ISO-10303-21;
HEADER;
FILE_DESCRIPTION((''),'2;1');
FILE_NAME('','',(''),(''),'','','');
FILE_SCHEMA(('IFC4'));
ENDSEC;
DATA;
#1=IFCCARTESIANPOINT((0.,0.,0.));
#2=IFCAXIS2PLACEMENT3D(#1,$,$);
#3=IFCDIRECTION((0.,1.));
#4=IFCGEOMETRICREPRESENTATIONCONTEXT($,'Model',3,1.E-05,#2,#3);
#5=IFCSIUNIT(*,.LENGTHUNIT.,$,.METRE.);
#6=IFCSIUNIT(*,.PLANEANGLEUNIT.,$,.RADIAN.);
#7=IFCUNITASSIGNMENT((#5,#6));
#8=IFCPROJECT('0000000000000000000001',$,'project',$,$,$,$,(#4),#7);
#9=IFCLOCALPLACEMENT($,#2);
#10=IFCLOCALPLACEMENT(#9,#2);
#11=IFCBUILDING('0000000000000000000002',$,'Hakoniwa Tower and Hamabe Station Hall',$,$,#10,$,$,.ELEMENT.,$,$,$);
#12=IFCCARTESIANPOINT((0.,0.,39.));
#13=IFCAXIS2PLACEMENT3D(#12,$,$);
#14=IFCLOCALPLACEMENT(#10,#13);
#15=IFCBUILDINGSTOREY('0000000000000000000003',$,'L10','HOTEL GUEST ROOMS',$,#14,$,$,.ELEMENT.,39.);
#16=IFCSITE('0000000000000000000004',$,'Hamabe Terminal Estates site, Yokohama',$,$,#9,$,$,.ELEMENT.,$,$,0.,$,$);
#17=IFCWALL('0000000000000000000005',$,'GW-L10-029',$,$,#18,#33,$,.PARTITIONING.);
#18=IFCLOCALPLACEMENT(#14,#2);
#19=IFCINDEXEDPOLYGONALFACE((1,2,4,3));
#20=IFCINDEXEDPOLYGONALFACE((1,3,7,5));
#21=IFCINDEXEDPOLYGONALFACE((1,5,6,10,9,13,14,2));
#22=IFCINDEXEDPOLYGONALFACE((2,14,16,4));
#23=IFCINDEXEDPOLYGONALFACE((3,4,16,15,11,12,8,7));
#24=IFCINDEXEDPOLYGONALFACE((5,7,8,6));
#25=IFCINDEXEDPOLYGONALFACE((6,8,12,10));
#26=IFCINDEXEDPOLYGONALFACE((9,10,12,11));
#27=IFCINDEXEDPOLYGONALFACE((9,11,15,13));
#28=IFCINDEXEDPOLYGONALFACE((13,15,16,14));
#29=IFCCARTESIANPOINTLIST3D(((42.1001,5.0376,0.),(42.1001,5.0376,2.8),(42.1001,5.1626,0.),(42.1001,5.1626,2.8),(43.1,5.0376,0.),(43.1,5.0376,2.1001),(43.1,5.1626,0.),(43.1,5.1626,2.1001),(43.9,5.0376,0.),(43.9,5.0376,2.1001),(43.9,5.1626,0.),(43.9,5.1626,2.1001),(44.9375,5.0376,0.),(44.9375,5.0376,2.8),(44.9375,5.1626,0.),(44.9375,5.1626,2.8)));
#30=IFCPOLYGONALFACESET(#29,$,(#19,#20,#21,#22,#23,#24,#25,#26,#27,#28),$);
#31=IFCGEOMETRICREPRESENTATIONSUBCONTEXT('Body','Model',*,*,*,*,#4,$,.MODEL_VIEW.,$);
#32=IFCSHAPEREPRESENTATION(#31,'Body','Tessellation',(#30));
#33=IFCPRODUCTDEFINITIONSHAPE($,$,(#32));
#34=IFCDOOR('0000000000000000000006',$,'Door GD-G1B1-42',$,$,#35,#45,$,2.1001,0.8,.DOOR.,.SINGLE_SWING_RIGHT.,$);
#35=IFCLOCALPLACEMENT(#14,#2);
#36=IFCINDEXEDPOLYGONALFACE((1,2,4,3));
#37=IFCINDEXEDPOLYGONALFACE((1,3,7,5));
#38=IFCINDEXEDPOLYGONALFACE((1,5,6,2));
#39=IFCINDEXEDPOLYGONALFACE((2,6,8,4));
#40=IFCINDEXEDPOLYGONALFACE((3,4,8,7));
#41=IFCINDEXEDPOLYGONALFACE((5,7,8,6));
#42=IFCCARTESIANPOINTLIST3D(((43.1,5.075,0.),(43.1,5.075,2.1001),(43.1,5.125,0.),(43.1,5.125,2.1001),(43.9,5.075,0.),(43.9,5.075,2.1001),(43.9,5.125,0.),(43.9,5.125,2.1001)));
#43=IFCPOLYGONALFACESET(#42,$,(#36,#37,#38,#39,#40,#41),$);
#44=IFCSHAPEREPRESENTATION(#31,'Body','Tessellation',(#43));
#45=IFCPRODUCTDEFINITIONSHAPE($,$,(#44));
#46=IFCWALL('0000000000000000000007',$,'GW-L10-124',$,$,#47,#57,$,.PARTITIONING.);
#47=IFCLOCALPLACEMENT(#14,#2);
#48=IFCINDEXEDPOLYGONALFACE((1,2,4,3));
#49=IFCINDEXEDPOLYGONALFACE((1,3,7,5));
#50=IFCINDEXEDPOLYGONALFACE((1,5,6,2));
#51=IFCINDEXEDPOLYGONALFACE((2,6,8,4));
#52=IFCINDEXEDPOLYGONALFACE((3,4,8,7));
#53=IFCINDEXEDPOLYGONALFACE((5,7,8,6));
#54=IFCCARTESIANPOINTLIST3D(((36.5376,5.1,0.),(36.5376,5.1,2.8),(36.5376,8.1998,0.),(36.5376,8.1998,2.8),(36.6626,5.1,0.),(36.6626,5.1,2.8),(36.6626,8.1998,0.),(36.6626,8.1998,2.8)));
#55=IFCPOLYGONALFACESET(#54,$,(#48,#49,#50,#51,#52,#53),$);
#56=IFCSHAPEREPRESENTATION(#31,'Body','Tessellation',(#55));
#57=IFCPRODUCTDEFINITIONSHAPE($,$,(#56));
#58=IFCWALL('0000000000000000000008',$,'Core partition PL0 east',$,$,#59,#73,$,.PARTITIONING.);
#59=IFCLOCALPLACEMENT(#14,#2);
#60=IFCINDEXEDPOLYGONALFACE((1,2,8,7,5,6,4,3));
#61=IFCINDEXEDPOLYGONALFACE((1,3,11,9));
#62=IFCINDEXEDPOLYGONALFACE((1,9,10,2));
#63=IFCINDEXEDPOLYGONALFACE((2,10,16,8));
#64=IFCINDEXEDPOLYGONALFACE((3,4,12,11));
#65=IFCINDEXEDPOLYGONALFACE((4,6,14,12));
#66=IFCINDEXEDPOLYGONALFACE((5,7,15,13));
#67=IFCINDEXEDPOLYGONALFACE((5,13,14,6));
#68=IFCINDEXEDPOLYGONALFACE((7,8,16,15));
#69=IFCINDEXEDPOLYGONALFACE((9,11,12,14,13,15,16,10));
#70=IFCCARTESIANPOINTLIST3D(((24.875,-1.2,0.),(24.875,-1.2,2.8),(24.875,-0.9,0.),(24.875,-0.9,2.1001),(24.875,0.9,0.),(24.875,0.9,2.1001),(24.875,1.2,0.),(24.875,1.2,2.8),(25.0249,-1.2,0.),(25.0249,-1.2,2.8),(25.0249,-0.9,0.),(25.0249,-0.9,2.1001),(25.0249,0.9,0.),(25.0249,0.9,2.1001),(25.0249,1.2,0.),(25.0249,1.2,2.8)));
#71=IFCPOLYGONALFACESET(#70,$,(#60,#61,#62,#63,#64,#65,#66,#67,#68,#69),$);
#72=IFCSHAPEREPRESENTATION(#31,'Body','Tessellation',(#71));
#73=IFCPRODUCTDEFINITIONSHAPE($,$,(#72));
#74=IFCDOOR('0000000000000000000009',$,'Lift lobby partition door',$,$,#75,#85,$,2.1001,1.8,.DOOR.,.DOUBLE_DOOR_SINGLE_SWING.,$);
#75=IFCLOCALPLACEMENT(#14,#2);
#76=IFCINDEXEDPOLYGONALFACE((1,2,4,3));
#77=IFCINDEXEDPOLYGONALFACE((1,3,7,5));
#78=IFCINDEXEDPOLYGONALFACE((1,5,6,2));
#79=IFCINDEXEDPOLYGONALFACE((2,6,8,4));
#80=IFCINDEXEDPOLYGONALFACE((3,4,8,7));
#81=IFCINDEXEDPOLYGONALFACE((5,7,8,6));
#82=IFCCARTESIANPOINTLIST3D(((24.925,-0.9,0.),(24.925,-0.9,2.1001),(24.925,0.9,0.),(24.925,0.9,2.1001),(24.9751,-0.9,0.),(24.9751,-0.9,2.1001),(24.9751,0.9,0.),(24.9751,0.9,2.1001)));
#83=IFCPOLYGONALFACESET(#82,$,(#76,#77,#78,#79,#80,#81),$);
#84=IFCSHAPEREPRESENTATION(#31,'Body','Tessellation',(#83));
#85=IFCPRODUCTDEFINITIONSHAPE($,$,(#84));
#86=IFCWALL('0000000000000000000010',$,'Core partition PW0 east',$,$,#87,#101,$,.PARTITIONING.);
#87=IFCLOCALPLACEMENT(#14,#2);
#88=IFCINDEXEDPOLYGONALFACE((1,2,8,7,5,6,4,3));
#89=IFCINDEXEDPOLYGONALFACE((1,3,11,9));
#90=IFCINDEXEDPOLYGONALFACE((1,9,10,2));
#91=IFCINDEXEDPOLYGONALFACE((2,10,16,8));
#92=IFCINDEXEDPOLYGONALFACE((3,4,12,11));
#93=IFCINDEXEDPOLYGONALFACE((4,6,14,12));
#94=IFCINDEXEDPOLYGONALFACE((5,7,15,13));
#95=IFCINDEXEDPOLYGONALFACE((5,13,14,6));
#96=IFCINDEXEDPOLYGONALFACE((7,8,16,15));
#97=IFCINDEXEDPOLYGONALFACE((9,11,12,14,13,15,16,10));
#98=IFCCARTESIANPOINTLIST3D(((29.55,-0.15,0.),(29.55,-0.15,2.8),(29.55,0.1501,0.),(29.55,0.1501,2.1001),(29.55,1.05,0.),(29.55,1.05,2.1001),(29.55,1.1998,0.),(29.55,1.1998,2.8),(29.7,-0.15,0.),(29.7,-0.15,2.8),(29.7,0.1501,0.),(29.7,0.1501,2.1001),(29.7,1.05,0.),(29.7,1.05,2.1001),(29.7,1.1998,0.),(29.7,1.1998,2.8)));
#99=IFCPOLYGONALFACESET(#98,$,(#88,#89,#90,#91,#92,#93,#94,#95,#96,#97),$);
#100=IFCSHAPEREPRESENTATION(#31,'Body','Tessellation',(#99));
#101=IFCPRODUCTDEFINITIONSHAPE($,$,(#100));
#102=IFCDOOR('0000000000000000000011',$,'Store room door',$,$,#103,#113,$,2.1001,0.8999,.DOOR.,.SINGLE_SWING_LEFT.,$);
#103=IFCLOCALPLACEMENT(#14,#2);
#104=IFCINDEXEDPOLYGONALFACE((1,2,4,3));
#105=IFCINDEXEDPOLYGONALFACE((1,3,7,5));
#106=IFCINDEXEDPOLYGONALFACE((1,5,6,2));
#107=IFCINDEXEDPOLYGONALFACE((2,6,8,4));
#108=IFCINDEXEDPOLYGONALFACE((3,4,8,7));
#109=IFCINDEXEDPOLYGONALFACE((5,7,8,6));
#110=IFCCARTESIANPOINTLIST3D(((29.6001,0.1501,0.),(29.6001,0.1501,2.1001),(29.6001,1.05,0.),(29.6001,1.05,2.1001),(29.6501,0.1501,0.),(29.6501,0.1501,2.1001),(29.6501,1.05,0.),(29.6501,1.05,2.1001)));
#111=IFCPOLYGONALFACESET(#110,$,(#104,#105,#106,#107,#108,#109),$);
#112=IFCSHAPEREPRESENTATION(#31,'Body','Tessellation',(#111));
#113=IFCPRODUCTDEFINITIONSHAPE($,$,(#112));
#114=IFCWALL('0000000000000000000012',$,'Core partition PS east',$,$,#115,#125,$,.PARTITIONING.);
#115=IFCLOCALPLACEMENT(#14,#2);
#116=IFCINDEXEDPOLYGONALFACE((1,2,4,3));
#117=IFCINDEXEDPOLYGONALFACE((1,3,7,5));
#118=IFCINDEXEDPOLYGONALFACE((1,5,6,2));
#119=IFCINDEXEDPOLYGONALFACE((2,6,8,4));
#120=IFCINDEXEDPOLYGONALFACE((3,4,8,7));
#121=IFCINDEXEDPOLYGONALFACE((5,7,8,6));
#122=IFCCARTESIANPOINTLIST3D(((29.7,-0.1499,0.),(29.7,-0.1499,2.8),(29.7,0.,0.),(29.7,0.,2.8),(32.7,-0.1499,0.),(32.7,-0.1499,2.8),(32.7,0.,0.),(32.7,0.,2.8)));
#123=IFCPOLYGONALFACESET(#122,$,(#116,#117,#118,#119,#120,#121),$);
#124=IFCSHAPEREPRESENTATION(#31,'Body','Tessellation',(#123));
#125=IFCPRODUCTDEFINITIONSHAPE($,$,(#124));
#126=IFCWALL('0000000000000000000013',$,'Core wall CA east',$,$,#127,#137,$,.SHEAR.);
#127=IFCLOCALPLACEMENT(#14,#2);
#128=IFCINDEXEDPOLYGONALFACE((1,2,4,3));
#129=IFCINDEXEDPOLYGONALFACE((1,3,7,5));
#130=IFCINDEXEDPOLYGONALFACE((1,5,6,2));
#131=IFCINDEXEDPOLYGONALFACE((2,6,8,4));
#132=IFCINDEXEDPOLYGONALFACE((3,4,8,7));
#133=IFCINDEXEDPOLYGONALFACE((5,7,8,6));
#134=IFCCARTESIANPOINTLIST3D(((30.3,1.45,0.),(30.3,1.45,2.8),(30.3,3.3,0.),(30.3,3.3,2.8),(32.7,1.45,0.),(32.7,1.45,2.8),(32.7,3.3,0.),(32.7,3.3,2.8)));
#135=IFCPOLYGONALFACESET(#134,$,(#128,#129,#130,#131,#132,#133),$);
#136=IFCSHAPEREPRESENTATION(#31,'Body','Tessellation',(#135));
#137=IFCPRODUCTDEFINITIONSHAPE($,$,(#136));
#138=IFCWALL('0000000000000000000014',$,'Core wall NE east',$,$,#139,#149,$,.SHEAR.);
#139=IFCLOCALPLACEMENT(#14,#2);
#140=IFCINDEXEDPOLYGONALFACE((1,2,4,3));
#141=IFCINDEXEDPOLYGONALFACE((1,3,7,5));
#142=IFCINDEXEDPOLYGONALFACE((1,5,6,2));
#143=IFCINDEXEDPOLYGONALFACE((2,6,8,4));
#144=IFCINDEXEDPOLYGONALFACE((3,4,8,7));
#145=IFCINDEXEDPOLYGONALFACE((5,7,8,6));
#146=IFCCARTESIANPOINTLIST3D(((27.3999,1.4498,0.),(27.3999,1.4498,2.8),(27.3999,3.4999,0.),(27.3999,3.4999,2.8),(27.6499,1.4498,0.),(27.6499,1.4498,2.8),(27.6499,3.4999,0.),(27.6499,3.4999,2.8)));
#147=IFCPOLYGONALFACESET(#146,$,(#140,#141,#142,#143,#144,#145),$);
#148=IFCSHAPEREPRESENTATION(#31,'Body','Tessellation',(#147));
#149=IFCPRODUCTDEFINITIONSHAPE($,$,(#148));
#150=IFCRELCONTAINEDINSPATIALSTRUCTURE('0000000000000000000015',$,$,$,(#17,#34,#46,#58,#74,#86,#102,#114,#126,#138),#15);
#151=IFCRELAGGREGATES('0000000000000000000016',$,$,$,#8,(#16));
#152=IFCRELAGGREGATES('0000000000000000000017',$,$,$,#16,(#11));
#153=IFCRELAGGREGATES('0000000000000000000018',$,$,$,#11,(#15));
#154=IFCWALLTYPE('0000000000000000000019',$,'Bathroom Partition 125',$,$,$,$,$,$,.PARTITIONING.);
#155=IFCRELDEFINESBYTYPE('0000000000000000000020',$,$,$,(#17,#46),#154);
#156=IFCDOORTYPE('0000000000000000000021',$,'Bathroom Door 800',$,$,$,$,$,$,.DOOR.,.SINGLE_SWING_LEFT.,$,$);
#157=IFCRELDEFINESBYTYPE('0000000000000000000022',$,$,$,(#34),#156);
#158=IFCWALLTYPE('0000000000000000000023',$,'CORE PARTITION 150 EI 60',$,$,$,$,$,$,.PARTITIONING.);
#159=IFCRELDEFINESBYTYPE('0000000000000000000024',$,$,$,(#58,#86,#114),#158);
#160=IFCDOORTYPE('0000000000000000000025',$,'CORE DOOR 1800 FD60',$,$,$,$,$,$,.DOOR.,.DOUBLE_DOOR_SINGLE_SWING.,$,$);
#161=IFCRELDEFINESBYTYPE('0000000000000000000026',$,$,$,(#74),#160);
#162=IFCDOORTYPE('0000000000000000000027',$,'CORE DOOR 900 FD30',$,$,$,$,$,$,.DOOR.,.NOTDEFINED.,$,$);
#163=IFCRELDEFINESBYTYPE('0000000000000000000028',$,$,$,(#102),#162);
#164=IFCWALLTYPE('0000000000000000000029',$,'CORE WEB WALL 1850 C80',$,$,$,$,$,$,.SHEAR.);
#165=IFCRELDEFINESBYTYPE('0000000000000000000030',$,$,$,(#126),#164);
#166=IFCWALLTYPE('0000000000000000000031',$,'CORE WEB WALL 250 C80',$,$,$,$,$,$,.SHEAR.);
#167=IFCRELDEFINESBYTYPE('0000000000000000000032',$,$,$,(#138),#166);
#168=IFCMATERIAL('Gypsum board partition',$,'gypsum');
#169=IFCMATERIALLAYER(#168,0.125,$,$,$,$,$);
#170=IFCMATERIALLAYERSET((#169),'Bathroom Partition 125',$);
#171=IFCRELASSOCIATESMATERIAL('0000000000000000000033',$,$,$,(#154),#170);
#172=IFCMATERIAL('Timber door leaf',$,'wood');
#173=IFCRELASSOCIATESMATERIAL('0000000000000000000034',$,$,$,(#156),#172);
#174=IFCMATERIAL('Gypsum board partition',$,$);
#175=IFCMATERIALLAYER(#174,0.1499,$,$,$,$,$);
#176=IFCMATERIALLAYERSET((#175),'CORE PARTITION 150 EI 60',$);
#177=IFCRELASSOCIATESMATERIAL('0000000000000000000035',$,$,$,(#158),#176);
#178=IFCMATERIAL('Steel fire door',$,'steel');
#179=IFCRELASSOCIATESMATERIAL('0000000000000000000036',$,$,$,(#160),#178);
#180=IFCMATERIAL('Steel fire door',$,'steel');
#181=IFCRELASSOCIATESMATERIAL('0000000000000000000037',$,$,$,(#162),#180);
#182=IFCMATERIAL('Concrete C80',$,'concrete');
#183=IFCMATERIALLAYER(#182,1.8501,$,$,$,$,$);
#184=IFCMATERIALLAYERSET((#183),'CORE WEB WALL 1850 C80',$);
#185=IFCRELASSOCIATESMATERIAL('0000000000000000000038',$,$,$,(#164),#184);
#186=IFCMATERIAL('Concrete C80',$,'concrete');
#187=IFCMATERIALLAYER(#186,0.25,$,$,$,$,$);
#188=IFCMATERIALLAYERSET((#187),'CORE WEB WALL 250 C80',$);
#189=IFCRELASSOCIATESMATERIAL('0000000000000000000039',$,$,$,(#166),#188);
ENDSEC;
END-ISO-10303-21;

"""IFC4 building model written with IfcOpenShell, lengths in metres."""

from ifc_helpers import new_model, si_unit, direction, frame, frame_2d, origin, place, context, subcontext, project, spatial, rectangle, extrude, material, layer, layer_set, type_object, element, fill, save


model = new_model("IFC4")

# Units and contexts
model_context = context("Model", 3, precision=1e-05, world=origin(), true_north=direction((0.0, 1.0)))
body_context = subcontext(model_context, "Body", "Model", "MODEL_VIEW")
ifc_project = project(units=[si_unit("LENGTHUNIT", "METRE"), si_unit("PLANEANGLEUNIT", "RADIAN")], contexts=[model_context])

# Site, building, storey
site_placement = place(None, origin())
site = spatial("IfcSite", under=ifc_project, at=site_placement, Name="Hamabe Terminal Estates site, Yokohama", CompositionType="ELEMENT", RefElevation=0.0)
building_placement = place(site_placement, origin())
building = spatial("IfcBuilding", under=site, at=building_placement, Name="Hakoniwa Tower and Hamabe Station Hall", CompositionType="ELEMENT")
storey_placement = place(building_placement, frame((0.0, 0.0, 39.0)))
storey = spatial("IfcBuildingStorey", under=building, at=storey_placement, Name="L10", Description="HOTEL GUEST ROOMS", CompositionType="ELEMENT", Elevation=39.0)

# Wall, opening, door
ifc_material_1 = material(Name="Gypsum board partition", Category="gypsum")
ifc_layer_1 = layer(ifc_material_1, 0.125)
ifc_layer_set_1 = layer_set([ifc_layer_1], Name="Bathroom Partition 125")
wall_type_1 = type_object("IfcWallType", Name="Bathroom Partition 125", PredefinedType="PARTITIONING", material=ifc_layer_set_1)
ifc_material_2 = material(Name="Timber door leaf", Category="wood")
door_type_1 = type_object("IfcDoorType", Name="Bathroom Door 800", OperationType="SINGLE_SWING_LEFT", PredefinedType="DOOR", material=ifc_material_2)
wall_1_placement = place(storey_placement, frame((42.1001, 5.1001, 0.0), z_axis=(0.0, 0.0, 1.0), x_axis=(1.0, 0.0, 0.0)))
wall_1 = element("IfcWall", 1, at=wall_1_placement, inside=storey, type_object=wall_type_1, Name="GW-L10-029", PredefinedType="PARTITIONING", context=body_context, shape_type="SweptSolid", body=[
    extrude(rectangle(XDim=2.8374, YDim=0.125, at=frame_2d((1.4187, 0.0))), origin(), (0.0, 0.0, 1.0), 2.8),
])
opening_1_placement = place(wall_1_placement, frame((1.0, 0.0, 0.0)))
opening_1 = element("IfcOpeningElement", 2, at=opening_1_placement, cuts=wall_1, PredefinedType="OPENING", context=body_context, shape_type="SweptSolid", body=[
    extrude(rectangle(XDim=0.8, YDim=2.1001, at=frame_2d((0.3999, 1.05))), frame((0.0, 0.0725, 0.0), z_axis=(0.0, -1.0, 0.0), x_axis=(1.0, 0.0, 0.0)), (0.0, 0.0, 1.0), 0.145),
])
door_1_placement = place(opening_1_placement, origin())
door_1 = element("IfcDoor", 3, at=door_1_placement, inside=storey, type_object=door_type_1, Name="Door GD-G1B1-42", OperationType="SINGLE_SWING_RIGHT", OverallHeight=2.1001, OverallWidth=0.8, PredefinedType="DOOR", context=body_context, shape_type="SweptSolid", body=[
    extrude(rectangle(XDim=0.8, YDim=2.1001, at=frame_2d((0.3999, 1.05))), frame((0.0, 0.0249, 0.0), z_axis=(0.0, -1.0, 0.0), x_axis=(1.0, 0.0, 0.0)), (0.0, 0.0, 1.0), 0.05),
])
fill(opening_1, door_1)

# Wall
wall_2_placement = place(storey_placement, frame((36.6001, 5.1001, 0.0), z_axis=(0.0, 0.0, 1.0), x_axis=(0.0, 1.0, 0.0)))
element("IfcWall", 4, at=wall_2_placement, inside=storey, type_object=wall_type_1, Name="GW-L10-124", PredefinedType="PARTITIONING", context=body_context, shape_type="SweptSolid", body=[
    extrude(rectangle(XDim=3.0999, YDim=0.125, at=frame_2d((1.5498, 0.0))), origin(), (0.0, 0.0, 1.0), 2.8),
])

# Walls, openings, doors
ifc_material_3 = material(Name="Gypsum board partition")
ifc_layer_2 = layer(ifc_material_3, 0.1499)
ifc_layer_set_2 = layer_set([ifc_layer_2], Name="CORE PARTITION 150 EI 60")
wall_type_2 = type_object("IfcWallType", Name="CORE PARTITION 150 EI 60", PredefinedType="PARTITIONING", material=ifc_layer_set_2)
wall_3_placement = place(storey_placement, frame((24.95, -1.2, 0.0), z_axis=(0.0, 0.0, 1.0), x_axis=(0.0, 1.0, 0.0)))
wall_3 = element("IfcWall", 5, at=wall_3_placement, inside=storey, type_object=wall_type_2, Name="Core partition PL0 east", PredefinedType="PARTITIONING", context=body_context, shape_type="SweptSolid", body=[
    extrude(rectangle(XDim=2.3999, YDim=0.1499, at=frame_2d((1.2, 0.0))), origin(), (0.0, 0.0, 1.0), 2.8),
])
opening_2_placement = place(wall_3_placement, frame((0.3, 0.0, 0.0)))
opening_2 = element("IfcOpeningElement", 6, at=opening_2_placement, cuts=wall_3, PredefinedType="OPENING", context=body_context, shape_type="SweptSolid", body=[
    extrude(rectangle(XDim=1.8, YDim=2.1001, at=frame_2d((0.8999, 1.05))), frame((0.0, 0.085, 0.0), z_axis=(0.0, -1.0, 0.0), x_axis=(1.0, 0.0, 0.0)), (0.0, 0.0, 1.0), 0.1699),
])
ifc_material_4 = material(Name="Steel fire door", Category="steel")
door_type_2 = type_object("IfcDoorType", Name="CORE DOOR 1800 FD60", OperationType="DOUBLE_DOOR_SINGLE_SWING", PredefinedType="DOOR", material=ifc_material_4)
door_2_placement = place(opening_2_placement, origin())
door_2 = element("IfcDoor", 7, at=door_2_placement, inside=storey, type_object=door_type_2, Name="Lift lobby partition door", OperationType="DOUBLE_DOOR_SINGLE_SWING", OverallHeight=2.1001, OverallWidth=1.8, PredefinedType="DOOR", context=body_context, shape_type="SweptSolid", body=[
    extrude(rectangle(XDim=1.8, YDim=2.1001, at=frame_2d((0.8999, 1.05))), frame((0.0, 0.0249, 0.0), z_axis=(0.0, -1.0, 0.0), x_axis=(1.0, 0.0, 0.0)), (0.0, 0.0, 1.0), 0.05),
])
fill(opening_2, door_2)
wall_4_placement = place(storey_placement, frame((29.625, -0.1499, 0.0), z_axis=(0.0, 0.0, 1.0), x_axis=(0.0, 1.0, 0.0)))
wall_4 = element("IfcWall", 8, at=wall_4_placement, inside=storey, type_object=wall_type_2, Name="Core partition PW0 east", PredefinedType="PARTITIONING", context=body_context, shape_type="SweptSolid", body=[
    extrude(rectangle(XDim=1.3499, YDim=0.1499, at=frame_2d((0.6748, 0.0))), origin(), (0.0, 0.0, 1.0), 2.8),
])
opening_3_placement = place(wall_4_placement, frame((0.3, 0.0, 0.0)))
opening_3 = element("IfcOpeningElement", 9, at=opening_3_placement, cuts=wall_4, PredefinedType="OPENING", context=body_context, shape_type="SweptSolid", body=[
    extrude(rectangle(XDim=0.8999, YDim=2.1001, at=frame_2d((0.45, 1.05))), frame((0.0, 0.085, 0.0), z_axis=(0.0, -1.0, 0.0), x_axis=(1.0, 0.0, 0.0)), (0.0, 0.0, 1.0), 0.1699),
])
ifc_material_5 = material(Name="Steel fire door", Category="steel")
door_type_3 = type_object("IfcDoorType", Name="CORE DOOR 900 FD30", OperationType="NOTDEFINED", PredefinedType="DOOR", material=ifc_material_5)
door_3_placement = place(opening_3_placement, origin())
door_3 = element("IfcDoor", 10, at=door_3_placement, inside=storey, type_object=door_type_3, Name="Store room door", OperationType="SINGLE_SWING_LEFT", OverallHeight=2.1001, OverallWidth=0.8999, PredefinedType="DOOR", context=body_context, shape_type="SweptSolid", body=[
    extrude(rectangle(XDim=0.8999, YDim=2.1001, at=frame_2d((0.45, 1.05))), frame((0.0, 0.0249, 0.0), z_axis=(0.0, -1.0, 0.0), x_axis=(1.0, 0.0, 0.0)), (0.0, 0.0, 1.0), 0.05),
])
fill(opening_3, door_3)

# Walls
wall_5_placement = place(storey_placement, frame((29.7, -0.075, 0.0), z_axis=(0.0, 0.0, 1.0), x_axis=(1.0, 0.0, 0.0)))
element("IfcWall", 11, at=wall_5_placement, inside=storey, type_object=wall_type_2, Name="Core partition PS east", PredefinedType="PARTITIONING", context=body_context, shape_type="SweptSolid", body=[
    extrude(rectangle(XDim=3.0, YDim=0.1499, at=frame_2d((1.5, 0.0))), origin(), (0.0, 0.0, 1.0), 2.8),
])
ifc_material_6 = material(Name="Concrete C80", Category="concrete")
ifc_layer_3 = layer(ifc_material_6, 1.8501)
ifc_layer_set_3 = layer_set([ifc_layer_3], Name="CORE WEB WALL 1850 C80")
wall_type_3 = type_object("IfcWallType", Name="CORE WEB WALL 1850 C80", PredefinedType="SHEAR", material=ifc_layer_set_3)
wall_6_placement = place(storey_placement, frame((30.3, 2.375, 0.0), z_axis=(0.0, 0.0, 1.0), x_axis=(1.0, 0.0, 0.0)))
element("IfcWall", 12, at=wall_6_placement, inside=storey, type_object=wall_type_3, Name="Core wall CA east", PredefinedType="SHEAR", context=body_context, shape_type="SweptSolid", body=[
    extrude(rectangle(XDim=2.3999, YDim=1.8501, at=frame_2d((1.2, 0.0))), origin(), (0.0, 0.0, 1.0), 2.8),
])
ifc_material_7 = material(Name="Concrete C80", Category="concrete")
ifc_layer_4 = layer(ifc_material_7, 0.25)
ifc_layer_set_4 = layer_set([ifc_layer_4], Name="CORE WEB WALL 250 C80")
wall_type_4 = type_object("IfcWallType", Name="CORE WEB WALL 250 C80", PredefinedType="SHEAR", material=ifc_layer_set_4)
wall_7_placement = place(storey_placement, frame((27.5249, 1.45, 0.0), z_axis=(0.0, 0.0, 1.0), x_axis=(0.0, 1.0, 0.0)))
element("IfcWall", 13, at=wall_7_placement, inside=storey, type_object=wall_type_4, Name="Core wall NE east", PredefinedType="SHEAR", context=body_context, shape_type="SweptSolid", body=[
    extrude(rectangle(XDim=2.05, YDim=0.25, at=frame_2d((1.0249, 0.0))), origin(), (0.0, 0.0, 1.0), 2.8),
])

save(model, "model.ifc")
